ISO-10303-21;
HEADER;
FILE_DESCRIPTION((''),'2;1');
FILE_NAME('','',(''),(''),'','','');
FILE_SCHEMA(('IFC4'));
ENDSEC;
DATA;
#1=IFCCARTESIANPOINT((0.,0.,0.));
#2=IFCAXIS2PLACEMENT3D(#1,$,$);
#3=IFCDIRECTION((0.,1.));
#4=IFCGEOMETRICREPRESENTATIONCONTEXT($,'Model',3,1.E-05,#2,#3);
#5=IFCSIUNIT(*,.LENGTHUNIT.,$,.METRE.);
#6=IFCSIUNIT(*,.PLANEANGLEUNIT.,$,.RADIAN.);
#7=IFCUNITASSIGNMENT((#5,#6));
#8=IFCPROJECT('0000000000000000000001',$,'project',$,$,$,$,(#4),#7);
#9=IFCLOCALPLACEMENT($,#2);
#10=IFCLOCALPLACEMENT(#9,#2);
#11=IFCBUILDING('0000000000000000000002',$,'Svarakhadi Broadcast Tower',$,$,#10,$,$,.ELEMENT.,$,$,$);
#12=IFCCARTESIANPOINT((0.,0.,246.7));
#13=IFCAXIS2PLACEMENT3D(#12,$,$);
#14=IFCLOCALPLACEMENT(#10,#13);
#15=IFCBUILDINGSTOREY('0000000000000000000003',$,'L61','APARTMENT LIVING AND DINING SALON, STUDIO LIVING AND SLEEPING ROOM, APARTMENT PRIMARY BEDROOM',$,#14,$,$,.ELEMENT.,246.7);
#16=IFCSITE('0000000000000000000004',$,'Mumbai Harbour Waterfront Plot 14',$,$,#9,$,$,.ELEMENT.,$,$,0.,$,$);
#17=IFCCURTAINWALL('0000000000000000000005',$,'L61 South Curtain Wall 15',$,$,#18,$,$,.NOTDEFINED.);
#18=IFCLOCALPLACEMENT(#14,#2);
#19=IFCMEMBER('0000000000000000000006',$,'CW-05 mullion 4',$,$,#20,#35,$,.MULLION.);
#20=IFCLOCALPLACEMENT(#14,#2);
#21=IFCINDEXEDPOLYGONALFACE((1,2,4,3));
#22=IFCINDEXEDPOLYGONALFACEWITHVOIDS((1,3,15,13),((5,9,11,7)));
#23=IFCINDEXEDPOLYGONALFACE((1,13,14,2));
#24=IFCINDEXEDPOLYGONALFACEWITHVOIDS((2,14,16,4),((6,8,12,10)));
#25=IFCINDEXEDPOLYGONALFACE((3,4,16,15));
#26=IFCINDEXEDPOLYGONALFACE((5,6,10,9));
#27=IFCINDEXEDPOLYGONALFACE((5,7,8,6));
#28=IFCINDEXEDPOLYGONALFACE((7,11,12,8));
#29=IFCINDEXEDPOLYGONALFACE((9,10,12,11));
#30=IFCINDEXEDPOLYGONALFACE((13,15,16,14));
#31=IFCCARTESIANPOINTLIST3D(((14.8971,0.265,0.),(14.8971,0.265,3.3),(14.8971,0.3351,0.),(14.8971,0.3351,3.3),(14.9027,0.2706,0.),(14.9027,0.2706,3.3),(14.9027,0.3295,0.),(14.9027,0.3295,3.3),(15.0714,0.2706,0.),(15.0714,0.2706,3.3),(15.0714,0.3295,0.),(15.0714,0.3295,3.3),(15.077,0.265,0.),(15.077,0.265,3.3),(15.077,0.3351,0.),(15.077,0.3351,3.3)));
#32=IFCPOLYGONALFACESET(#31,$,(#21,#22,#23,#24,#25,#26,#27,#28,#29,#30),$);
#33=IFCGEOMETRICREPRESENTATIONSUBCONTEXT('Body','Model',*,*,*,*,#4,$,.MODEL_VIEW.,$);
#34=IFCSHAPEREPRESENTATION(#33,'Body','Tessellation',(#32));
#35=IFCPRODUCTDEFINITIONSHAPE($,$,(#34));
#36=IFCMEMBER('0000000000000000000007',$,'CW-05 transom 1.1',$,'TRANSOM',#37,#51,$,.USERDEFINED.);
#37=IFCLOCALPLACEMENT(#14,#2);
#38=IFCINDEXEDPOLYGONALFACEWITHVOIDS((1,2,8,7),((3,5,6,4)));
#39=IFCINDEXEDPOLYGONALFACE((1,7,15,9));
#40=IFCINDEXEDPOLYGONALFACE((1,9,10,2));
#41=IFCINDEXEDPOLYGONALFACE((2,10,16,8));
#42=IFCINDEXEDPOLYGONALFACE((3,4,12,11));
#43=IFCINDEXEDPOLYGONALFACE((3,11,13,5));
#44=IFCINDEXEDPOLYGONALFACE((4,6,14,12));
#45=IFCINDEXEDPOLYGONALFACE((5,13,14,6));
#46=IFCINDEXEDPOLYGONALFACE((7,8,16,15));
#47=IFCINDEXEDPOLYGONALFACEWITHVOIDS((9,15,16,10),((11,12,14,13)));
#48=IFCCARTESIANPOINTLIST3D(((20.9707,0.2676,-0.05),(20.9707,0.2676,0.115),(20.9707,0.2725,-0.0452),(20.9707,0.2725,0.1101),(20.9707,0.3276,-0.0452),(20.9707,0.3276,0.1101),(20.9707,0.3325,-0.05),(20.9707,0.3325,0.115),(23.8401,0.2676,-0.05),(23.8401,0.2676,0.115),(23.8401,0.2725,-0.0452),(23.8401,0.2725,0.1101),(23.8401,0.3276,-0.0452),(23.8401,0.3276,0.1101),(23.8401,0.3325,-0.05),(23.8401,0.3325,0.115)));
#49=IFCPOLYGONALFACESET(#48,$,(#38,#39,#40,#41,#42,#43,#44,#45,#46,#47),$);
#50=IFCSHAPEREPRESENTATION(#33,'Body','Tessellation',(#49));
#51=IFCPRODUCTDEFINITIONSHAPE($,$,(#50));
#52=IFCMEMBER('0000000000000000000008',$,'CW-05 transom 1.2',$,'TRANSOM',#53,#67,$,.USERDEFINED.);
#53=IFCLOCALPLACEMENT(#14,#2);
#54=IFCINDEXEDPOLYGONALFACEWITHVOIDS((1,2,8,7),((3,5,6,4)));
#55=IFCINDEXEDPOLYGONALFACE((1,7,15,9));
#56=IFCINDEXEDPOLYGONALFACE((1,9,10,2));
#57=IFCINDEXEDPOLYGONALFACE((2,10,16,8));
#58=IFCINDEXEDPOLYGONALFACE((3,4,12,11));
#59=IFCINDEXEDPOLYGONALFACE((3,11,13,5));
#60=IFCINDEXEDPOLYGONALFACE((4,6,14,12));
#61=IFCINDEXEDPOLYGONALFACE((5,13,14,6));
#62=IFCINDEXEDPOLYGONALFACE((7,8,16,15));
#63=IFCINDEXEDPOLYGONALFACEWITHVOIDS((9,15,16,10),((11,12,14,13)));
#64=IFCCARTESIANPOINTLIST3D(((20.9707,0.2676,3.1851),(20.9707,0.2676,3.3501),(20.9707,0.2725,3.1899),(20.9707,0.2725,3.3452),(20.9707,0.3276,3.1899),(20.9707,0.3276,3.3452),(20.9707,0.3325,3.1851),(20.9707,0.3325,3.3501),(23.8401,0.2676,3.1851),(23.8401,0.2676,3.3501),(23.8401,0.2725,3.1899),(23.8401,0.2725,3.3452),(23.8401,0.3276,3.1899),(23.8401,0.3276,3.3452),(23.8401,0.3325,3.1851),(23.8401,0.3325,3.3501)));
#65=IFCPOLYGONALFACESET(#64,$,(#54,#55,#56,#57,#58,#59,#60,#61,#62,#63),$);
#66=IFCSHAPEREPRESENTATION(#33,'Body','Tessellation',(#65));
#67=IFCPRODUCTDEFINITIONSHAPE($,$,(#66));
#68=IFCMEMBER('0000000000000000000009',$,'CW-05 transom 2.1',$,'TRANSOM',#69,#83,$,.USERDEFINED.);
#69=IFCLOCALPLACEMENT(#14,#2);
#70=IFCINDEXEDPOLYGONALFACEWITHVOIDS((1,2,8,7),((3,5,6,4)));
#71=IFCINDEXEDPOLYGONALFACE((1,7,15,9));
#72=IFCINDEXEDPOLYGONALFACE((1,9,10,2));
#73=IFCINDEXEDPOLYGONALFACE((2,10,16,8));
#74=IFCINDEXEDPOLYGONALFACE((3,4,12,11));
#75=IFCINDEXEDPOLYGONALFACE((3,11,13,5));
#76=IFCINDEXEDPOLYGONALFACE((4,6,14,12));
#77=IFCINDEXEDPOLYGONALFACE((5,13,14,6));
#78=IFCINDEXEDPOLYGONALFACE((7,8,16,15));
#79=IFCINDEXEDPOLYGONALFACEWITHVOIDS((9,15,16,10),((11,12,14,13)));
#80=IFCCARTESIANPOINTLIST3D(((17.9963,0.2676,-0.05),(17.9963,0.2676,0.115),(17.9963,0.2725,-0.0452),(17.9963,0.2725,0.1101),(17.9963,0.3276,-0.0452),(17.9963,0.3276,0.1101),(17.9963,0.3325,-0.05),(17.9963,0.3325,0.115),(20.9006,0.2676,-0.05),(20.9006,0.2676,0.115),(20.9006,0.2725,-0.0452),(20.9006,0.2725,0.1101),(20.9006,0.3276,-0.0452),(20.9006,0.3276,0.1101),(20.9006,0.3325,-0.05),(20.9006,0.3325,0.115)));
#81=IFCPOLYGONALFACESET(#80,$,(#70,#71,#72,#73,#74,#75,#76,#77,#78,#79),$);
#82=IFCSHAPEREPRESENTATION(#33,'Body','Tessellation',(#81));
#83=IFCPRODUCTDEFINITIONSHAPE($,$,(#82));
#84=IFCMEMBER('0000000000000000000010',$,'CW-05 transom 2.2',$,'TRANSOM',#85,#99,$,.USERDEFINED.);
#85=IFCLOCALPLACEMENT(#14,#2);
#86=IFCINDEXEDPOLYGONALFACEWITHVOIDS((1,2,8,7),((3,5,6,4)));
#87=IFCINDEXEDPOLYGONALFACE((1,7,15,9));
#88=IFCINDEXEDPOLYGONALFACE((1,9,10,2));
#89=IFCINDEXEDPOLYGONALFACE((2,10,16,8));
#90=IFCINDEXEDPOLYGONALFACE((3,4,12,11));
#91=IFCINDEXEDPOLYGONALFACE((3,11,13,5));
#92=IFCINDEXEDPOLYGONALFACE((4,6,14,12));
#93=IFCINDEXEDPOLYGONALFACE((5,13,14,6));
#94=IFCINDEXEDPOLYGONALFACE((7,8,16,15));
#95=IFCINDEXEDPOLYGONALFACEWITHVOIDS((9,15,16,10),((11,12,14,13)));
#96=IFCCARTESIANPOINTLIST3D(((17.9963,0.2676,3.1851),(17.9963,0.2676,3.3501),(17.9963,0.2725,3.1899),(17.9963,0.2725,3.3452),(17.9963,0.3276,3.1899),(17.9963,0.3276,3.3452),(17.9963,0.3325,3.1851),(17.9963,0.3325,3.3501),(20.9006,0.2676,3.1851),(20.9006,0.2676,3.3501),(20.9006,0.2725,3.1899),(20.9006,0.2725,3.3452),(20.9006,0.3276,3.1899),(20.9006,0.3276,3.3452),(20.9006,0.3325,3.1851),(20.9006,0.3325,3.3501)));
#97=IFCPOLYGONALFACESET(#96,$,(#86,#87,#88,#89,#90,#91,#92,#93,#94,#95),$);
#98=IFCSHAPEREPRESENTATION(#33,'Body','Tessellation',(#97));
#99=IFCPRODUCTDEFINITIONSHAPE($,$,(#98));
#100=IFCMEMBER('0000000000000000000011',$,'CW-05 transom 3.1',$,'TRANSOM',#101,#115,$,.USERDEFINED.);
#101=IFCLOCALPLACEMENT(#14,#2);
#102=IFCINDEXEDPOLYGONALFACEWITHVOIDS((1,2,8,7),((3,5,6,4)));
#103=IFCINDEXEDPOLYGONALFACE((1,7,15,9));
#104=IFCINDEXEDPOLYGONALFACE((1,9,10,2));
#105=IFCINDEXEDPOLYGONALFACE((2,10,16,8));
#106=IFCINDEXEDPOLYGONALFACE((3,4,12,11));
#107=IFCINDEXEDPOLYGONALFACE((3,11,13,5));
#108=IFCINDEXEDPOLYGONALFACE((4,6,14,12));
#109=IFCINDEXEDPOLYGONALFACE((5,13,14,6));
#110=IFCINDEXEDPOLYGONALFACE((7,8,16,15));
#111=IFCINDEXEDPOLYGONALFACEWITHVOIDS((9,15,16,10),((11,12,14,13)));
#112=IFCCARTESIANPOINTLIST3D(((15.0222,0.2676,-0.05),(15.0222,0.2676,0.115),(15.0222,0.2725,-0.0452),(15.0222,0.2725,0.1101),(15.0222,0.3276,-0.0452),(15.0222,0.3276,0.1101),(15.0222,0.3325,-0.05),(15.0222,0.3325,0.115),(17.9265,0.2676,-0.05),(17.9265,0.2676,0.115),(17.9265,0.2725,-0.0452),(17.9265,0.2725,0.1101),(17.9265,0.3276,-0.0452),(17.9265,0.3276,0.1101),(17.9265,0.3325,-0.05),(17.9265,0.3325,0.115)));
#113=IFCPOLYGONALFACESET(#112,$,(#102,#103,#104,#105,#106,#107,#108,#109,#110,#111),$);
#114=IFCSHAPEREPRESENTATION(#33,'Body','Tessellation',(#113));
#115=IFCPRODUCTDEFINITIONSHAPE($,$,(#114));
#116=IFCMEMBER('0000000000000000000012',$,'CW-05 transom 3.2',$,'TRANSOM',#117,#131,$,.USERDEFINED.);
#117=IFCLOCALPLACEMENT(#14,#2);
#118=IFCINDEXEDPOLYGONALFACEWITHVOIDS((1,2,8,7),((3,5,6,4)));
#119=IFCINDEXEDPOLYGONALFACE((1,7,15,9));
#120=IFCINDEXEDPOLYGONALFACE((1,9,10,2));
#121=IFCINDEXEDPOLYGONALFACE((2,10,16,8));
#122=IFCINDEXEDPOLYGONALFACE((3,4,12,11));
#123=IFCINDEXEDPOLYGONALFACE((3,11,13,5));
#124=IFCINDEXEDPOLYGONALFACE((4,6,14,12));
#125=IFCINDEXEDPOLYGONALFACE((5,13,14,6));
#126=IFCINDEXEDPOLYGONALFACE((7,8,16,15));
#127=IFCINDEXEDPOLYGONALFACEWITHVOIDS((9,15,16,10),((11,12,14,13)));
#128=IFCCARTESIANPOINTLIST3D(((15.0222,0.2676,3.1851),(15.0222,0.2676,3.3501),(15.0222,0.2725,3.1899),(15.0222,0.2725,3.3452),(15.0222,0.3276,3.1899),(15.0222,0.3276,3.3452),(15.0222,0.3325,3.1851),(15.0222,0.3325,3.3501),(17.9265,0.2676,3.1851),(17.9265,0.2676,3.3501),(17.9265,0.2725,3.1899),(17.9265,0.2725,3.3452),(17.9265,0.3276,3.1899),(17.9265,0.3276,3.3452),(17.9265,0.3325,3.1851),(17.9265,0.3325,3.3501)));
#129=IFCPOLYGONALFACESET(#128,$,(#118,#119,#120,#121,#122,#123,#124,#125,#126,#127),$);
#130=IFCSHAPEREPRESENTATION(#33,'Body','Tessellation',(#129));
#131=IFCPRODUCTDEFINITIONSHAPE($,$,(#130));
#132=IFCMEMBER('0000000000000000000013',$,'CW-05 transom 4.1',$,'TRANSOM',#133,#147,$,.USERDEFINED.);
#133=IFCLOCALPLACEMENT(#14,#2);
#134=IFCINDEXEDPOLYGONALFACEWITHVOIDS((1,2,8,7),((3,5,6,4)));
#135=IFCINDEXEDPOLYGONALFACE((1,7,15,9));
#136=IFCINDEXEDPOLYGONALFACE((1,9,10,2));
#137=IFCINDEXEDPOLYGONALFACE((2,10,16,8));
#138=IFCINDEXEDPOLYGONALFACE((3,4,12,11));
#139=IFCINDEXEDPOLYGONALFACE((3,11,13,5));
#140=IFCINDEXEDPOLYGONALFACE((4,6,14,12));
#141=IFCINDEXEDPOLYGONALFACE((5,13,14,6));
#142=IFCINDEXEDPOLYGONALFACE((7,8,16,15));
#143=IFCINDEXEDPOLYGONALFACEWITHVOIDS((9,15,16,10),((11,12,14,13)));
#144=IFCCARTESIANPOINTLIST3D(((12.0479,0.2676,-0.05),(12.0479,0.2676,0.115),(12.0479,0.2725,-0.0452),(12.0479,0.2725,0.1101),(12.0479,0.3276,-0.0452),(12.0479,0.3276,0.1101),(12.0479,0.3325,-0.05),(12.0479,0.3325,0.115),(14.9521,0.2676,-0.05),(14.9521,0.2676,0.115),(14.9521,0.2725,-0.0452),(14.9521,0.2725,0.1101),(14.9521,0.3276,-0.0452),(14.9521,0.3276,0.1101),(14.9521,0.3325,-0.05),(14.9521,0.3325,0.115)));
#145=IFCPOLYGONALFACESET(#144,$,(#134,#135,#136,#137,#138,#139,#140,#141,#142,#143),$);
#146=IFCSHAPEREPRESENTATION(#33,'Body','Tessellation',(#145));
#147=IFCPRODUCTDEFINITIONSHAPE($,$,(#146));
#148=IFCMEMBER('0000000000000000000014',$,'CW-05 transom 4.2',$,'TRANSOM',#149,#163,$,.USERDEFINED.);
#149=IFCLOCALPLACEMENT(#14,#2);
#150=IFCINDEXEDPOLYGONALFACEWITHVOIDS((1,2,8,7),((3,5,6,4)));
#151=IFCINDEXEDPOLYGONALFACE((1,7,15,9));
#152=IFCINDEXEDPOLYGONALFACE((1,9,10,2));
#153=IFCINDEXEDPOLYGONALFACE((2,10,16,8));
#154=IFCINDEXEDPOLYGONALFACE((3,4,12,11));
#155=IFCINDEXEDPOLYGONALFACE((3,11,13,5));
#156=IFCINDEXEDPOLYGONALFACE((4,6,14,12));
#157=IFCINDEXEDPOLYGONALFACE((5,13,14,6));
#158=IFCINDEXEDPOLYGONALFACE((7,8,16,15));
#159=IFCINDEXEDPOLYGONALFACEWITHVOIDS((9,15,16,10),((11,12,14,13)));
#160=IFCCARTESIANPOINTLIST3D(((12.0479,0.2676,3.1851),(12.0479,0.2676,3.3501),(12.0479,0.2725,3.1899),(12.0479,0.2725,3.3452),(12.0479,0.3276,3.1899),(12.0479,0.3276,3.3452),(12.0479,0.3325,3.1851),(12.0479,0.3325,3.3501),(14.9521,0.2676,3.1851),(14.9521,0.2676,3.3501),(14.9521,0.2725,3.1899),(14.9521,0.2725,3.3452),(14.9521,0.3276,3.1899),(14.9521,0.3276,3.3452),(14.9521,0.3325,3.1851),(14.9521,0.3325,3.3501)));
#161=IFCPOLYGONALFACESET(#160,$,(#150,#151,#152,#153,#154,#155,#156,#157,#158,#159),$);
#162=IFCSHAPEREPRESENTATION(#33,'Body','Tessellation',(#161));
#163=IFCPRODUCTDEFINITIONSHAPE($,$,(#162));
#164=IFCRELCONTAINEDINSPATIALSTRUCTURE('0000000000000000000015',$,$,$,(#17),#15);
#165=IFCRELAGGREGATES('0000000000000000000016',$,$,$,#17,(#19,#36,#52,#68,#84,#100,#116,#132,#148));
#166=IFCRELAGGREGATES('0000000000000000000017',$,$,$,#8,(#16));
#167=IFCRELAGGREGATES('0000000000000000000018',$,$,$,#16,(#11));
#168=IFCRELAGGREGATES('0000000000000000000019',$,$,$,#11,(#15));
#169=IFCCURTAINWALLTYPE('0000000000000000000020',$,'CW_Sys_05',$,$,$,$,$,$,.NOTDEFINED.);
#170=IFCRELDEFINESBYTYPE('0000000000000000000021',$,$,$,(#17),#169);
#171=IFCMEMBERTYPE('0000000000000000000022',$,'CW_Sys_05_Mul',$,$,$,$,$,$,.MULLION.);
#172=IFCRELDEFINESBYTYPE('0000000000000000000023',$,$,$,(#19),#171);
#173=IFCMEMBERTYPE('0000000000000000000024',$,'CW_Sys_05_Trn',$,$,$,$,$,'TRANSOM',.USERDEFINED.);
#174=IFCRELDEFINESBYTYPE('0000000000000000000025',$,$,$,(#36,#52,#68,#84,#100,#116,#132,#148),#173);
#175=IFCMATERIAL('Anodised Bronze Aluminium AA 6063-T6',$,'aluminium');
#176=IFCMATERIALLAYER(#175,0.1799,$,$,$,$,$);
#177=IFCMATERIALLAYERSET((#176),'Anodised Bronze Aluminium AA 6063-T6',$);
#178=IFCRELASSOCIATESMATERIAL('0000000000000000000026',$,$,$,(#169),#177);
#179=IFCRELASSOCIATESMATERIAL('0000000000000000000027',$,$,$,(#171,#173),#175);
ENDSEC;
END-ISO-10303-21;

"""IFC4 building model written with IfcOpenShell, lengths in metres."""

from ifc_helpers import new_model, si_unit, direction, frame, origin, origin_2d, place, context, subcontext, project, spatial, hollow_rectangle, extrude, material, layer, layer_set, material_profile, profile_set, type_object, element, aggregate, save


model = new_model("IFC4")

# Units and contexts
model_context = context("Model", 3, precision=1e-05, world=origin(), true_north=direction((0.0, 1.0)))
body_context = subcontext(model_context, "Body", "Model", "MODEL_VIEW")
ifc_project = project(units=[si_unit("LENGTHUNIT", "METRE"), si_unit("PLANEANGLEUNIT", "RADIAN")], contexts=[model_context])

# Site, building, storey
site_placement = place(None, origin())
site = spatial("IfcSite", under=ifc_project, at=site_placement, Name="Mumbai Harbour Waterfront Plot 14", CompositionType="ELEMENT", RefElevation=0.0)
building_placement = place(site_placement, origin())
building = spatial("IfcBuilding", under=site, at=building_placement, Name="Svarakhadi Broadcast Tower", CompositionType="ELEMENT")
storey_placement = place(building_placement, frame((0.0, 0.0, 246.7)))
storey = spatial("IfcBuildingStorey", under=building, at=storey_placement, Name="L61", Description="APARTMENT LIVING AND DINING SALON, STUDIO LIVING AND SLEEPING ROOM, APARTMENT PRIMARY BEDROOM", CompositionType="ELEMENT", Elevation=246.7)

# Curtain wall, members
ifc_material_1 = material(Name="Anodised Bronze Aluminium AA 6063-T6", Category="aluminium")
ifc_layer_1 = layer(ifc_material_1, 0.1799)
ifc_layer_set_1 = layer_set([ifc_layer_1], Name="Anodised Bronze Aluminium AA 6063-T6")
curtain_wall_type = type_object("IfcCurtainWallType", Name="CW_Sys_05", PredefinedType="NOTDEFINED", material=ifc_layer_set_1)
curtain_wall_placement = place(storey_placement, origin())
curtain_wall = element("IfcCurtainWall", 1, at=curtain_wall_placement, inside=storey, type_object=curtain_wall_type, Name="L61 South Curtain Wall 15", PredefinedType="NOTDEFINED")
ifc_material_profile_1 = material_profile(ifc_material_1, hollow_rectangle(XDim=0.0701, YDim=0.1799, WallThickness=0.0056, at=origin_2d()), Name="ALU MULLION 180x70x6")
ifc_profile_set_1 = profile_set([ifc_material_profile_1], Name="Anodised Bronze Aluminium AA 6063-T6")
member_type_1 = type_object("IfcMemberType", Name="CW_Sys_05_Mul", PredefinedType="MULLION", material=ifc_profile_set_1)
member_1_placement = place(storey_placement, frame((14.9871, 0.3, 0.0), z_axis=(0.0, 0.0, 1.0), x_axis=(0.0, -1.0, 0.0)))
member_1 = element("IfcMember", 2, at=member_1_placement, type_object=member_type_1, Name="CW-05 mullion 4", PredefinedType="MULLION", context=body_context, shape_type="SweptSolid", body=[
    extrude(hollow_rectangle(XDim=0.0701, YDim=0.1799, WallThickness=0.0056, at=origin_2d()), origin(), (0.0, 0.0, 1.0), 3.3),
])
ifc_material_profile_2 = material_profile(ifc_material_1, hollow_rectangle(XDim=0.0649, YDim=0.165, WallThickness=0.0049, at=origin_2d()), Name="ALU TRANSOM 165x65x5")
ifc_profile_set_2 = profile_set([ifc_material_profile_2], Name="Anodised Bronze Aluminium AA 6063-T6")
member_type_2 = type_object("IfcMemberType", Name="CW_Sys_05_Trn", ElementType="TRANSOM", PredefinedType="USERDEFINED", material=ifc_profile_set_2)
member_2_placement = place(storey_placement, frame((23.8401, 0.3, 0.0325), z_axis=(-1.0, 0.0, 0.0), x_axis=(0.0, -1.0, 0.0)))
member_2 = element("IfcMember", 3, at=member_2_placement, type_object=member_type_2, Name="CW-05 transom 1.1", ObjectType="TRANSOM", PredefinedType="USERDEFINED", context=body_context, shape_type="SweptSolid", body=[
    extrude(hollow_rectangle(XDim=0.0649, YDim=0.165, WallThickness=0.0049, at=origin_2d()), origin(), (0.0, 0.0, 1.0), 2.8694),
])
member_3_placement = place(storey_placement, frame((23.8401, 0.3, 3.2676), z_axis=(-1.0, 0.0, 0.0), x_axis=(0.0, -1.0, 0.0)))
member_3 = element("IfcMember", 4, at=member_3_placement, type_object=member_type_2, Name="CW-05 transom 1.2", ObjectType="TRANSOM", PredefinedType="USERDEFINED", context=body_context, shape_type="SweptSolid", body=[
    extrude(hollow_rectangle(XDim=0.0649, YDim=0.165, WallThickness=0.0049, at=origin_2d()), origin(), (0.0, 0.0, 1.0), 2.8694),
])
member_4_placement = place(storey_placement, frame((20.9006, 0.3, 0.0325), z_axis=(-1.0, 0.0, 0.0), x_axis=(0.0, -1.0, 0.0)))
member_4 = element("IfcMember", 5, at=member_4_placement, type_object=member_type_2, Name="CW-05 transom 2.1", ObjectType="TRANSOM", PredefinedType="USERDEFINED", context=body_context, shape_type="SweptSolid", body=[
    extrude(hollow_rectangle(XDim=0.0649, YDim=0.165, WallThickness=0.0049, at=origin_2d()), origin(), (0.0, 0.0, 1.0), 2.9043),
])
member_5_placement = place(storey_placement, frame((20.9006, 0.3, 3.2676), z_axis=(-1.0, 0.0, 0.0), x_axis=(0.0, -1.0, 0.0)))
member_5 = element("IfcMember", 6, at=member_5_placement, type_object=member_type_2, Name="CW-05 transom 2.2", ObjectType="TRANSOM", PredefinedType="USERDEFINED", context=body_context, shape_type="SweptSolid", body=[
    extrude(hollow_rectangle(XDim=0.0649, YDim=0.165, WallThickness=0.0049, at=origin_2d()), origin(), (0.0, 0.0, 1.0), 2.9043),
])
member_6_placement = place(storey_placement, frame((17.9265, 0.3, 0.0325), z_axis=(-1.0, 0.0, 0.0), x_axis=(0.0, -1.0, 0.0)))
member_6 = element("IfcMember", 7, at=member_6_placement, type_object=member_type_2, Name="CW-05 transom 3.1", ObjectType="TRANSOM", PredefinedType="USERDEFINED", context=body_context, shape_type="SweptSolid", body=[
    extrude(hollow_rectangle(XDim=0.0649, YDim=0.165, WallThickness=0.0049, at=origin_2d()), origin(), (0.0, 0.0, 1.0), 2.9043),
])
member_7_placement = place(storey_placement, frame((17.9265, 0.3, 3.2676), z_axis=(-1.0, 0.0, 0.0), x_axis=(0.0, -1.0, 0.0)))
member_7 = element("IfcMember", 8, at=member_7_placement, type_object=member_type_2, Name="CW-05 transom 3.2", ObjectType="TRANSOM", PredefinedType="USERDEFINED", context=body_context, shape_type="SweptSolid", body=[
    extrude(hollow_rectangle(XDim=0.0649, YDim=0.165, WallThickness=0.0049, at=origin_2d()), origin(), (0.0, 0.0, 1.0), 2.9043),
])
member_8_placement = place(storey_placement, frame((14.9521, 0.3, 0.0325), z_axis=(-1.0, 0.0, 0.0), x_axis=(0.0, -1.0, 0.0)))
member_8 = element("IfcMember", 9, at=member_8_placement, type_object=member_type_2, Name="CW-05 transom 4.1", ObjectType="TRANSOM", PredefinedType="USERDEFINED", context=body_context, shape_type="SweptSolid", body=[
    extrude(hollow_rectangle(XDim=0.0649, YDim=0.165, WallThickness=0.0049, at=origin_2d()), origin(), (0.0, 0.0, 1.0), 2.9043),
])
member_9_placement = place(storey_placement, frame((14.9521, 0.3, 3.2676), z_axis=(-1.0, 0.0, 0.0), x_axis=(0.0, -1.0, 0.0)))
member_9 = element("IfcMember", 10, at=member_9_placement, type_object=member_type_2, Name="CW-05 transom 4.2", ObjectType="TRANSOM", PredefinedType="USERDEFINED", context=body_context, shape_type="SweptSolid", body=[
    extrude(hollow_rectangle(XDim=0.0649, YDim=0.165, WallThickness=0.0049, at=origin_2d()), origin(), (0.0, 0.0, 1.0), 2.9043),
])

aggregate(curtain_wall, [member_1, member_2, member_3, member_4, member_5, member_6, member_7, member_8, member_9])

save(model, "model.ifc")
